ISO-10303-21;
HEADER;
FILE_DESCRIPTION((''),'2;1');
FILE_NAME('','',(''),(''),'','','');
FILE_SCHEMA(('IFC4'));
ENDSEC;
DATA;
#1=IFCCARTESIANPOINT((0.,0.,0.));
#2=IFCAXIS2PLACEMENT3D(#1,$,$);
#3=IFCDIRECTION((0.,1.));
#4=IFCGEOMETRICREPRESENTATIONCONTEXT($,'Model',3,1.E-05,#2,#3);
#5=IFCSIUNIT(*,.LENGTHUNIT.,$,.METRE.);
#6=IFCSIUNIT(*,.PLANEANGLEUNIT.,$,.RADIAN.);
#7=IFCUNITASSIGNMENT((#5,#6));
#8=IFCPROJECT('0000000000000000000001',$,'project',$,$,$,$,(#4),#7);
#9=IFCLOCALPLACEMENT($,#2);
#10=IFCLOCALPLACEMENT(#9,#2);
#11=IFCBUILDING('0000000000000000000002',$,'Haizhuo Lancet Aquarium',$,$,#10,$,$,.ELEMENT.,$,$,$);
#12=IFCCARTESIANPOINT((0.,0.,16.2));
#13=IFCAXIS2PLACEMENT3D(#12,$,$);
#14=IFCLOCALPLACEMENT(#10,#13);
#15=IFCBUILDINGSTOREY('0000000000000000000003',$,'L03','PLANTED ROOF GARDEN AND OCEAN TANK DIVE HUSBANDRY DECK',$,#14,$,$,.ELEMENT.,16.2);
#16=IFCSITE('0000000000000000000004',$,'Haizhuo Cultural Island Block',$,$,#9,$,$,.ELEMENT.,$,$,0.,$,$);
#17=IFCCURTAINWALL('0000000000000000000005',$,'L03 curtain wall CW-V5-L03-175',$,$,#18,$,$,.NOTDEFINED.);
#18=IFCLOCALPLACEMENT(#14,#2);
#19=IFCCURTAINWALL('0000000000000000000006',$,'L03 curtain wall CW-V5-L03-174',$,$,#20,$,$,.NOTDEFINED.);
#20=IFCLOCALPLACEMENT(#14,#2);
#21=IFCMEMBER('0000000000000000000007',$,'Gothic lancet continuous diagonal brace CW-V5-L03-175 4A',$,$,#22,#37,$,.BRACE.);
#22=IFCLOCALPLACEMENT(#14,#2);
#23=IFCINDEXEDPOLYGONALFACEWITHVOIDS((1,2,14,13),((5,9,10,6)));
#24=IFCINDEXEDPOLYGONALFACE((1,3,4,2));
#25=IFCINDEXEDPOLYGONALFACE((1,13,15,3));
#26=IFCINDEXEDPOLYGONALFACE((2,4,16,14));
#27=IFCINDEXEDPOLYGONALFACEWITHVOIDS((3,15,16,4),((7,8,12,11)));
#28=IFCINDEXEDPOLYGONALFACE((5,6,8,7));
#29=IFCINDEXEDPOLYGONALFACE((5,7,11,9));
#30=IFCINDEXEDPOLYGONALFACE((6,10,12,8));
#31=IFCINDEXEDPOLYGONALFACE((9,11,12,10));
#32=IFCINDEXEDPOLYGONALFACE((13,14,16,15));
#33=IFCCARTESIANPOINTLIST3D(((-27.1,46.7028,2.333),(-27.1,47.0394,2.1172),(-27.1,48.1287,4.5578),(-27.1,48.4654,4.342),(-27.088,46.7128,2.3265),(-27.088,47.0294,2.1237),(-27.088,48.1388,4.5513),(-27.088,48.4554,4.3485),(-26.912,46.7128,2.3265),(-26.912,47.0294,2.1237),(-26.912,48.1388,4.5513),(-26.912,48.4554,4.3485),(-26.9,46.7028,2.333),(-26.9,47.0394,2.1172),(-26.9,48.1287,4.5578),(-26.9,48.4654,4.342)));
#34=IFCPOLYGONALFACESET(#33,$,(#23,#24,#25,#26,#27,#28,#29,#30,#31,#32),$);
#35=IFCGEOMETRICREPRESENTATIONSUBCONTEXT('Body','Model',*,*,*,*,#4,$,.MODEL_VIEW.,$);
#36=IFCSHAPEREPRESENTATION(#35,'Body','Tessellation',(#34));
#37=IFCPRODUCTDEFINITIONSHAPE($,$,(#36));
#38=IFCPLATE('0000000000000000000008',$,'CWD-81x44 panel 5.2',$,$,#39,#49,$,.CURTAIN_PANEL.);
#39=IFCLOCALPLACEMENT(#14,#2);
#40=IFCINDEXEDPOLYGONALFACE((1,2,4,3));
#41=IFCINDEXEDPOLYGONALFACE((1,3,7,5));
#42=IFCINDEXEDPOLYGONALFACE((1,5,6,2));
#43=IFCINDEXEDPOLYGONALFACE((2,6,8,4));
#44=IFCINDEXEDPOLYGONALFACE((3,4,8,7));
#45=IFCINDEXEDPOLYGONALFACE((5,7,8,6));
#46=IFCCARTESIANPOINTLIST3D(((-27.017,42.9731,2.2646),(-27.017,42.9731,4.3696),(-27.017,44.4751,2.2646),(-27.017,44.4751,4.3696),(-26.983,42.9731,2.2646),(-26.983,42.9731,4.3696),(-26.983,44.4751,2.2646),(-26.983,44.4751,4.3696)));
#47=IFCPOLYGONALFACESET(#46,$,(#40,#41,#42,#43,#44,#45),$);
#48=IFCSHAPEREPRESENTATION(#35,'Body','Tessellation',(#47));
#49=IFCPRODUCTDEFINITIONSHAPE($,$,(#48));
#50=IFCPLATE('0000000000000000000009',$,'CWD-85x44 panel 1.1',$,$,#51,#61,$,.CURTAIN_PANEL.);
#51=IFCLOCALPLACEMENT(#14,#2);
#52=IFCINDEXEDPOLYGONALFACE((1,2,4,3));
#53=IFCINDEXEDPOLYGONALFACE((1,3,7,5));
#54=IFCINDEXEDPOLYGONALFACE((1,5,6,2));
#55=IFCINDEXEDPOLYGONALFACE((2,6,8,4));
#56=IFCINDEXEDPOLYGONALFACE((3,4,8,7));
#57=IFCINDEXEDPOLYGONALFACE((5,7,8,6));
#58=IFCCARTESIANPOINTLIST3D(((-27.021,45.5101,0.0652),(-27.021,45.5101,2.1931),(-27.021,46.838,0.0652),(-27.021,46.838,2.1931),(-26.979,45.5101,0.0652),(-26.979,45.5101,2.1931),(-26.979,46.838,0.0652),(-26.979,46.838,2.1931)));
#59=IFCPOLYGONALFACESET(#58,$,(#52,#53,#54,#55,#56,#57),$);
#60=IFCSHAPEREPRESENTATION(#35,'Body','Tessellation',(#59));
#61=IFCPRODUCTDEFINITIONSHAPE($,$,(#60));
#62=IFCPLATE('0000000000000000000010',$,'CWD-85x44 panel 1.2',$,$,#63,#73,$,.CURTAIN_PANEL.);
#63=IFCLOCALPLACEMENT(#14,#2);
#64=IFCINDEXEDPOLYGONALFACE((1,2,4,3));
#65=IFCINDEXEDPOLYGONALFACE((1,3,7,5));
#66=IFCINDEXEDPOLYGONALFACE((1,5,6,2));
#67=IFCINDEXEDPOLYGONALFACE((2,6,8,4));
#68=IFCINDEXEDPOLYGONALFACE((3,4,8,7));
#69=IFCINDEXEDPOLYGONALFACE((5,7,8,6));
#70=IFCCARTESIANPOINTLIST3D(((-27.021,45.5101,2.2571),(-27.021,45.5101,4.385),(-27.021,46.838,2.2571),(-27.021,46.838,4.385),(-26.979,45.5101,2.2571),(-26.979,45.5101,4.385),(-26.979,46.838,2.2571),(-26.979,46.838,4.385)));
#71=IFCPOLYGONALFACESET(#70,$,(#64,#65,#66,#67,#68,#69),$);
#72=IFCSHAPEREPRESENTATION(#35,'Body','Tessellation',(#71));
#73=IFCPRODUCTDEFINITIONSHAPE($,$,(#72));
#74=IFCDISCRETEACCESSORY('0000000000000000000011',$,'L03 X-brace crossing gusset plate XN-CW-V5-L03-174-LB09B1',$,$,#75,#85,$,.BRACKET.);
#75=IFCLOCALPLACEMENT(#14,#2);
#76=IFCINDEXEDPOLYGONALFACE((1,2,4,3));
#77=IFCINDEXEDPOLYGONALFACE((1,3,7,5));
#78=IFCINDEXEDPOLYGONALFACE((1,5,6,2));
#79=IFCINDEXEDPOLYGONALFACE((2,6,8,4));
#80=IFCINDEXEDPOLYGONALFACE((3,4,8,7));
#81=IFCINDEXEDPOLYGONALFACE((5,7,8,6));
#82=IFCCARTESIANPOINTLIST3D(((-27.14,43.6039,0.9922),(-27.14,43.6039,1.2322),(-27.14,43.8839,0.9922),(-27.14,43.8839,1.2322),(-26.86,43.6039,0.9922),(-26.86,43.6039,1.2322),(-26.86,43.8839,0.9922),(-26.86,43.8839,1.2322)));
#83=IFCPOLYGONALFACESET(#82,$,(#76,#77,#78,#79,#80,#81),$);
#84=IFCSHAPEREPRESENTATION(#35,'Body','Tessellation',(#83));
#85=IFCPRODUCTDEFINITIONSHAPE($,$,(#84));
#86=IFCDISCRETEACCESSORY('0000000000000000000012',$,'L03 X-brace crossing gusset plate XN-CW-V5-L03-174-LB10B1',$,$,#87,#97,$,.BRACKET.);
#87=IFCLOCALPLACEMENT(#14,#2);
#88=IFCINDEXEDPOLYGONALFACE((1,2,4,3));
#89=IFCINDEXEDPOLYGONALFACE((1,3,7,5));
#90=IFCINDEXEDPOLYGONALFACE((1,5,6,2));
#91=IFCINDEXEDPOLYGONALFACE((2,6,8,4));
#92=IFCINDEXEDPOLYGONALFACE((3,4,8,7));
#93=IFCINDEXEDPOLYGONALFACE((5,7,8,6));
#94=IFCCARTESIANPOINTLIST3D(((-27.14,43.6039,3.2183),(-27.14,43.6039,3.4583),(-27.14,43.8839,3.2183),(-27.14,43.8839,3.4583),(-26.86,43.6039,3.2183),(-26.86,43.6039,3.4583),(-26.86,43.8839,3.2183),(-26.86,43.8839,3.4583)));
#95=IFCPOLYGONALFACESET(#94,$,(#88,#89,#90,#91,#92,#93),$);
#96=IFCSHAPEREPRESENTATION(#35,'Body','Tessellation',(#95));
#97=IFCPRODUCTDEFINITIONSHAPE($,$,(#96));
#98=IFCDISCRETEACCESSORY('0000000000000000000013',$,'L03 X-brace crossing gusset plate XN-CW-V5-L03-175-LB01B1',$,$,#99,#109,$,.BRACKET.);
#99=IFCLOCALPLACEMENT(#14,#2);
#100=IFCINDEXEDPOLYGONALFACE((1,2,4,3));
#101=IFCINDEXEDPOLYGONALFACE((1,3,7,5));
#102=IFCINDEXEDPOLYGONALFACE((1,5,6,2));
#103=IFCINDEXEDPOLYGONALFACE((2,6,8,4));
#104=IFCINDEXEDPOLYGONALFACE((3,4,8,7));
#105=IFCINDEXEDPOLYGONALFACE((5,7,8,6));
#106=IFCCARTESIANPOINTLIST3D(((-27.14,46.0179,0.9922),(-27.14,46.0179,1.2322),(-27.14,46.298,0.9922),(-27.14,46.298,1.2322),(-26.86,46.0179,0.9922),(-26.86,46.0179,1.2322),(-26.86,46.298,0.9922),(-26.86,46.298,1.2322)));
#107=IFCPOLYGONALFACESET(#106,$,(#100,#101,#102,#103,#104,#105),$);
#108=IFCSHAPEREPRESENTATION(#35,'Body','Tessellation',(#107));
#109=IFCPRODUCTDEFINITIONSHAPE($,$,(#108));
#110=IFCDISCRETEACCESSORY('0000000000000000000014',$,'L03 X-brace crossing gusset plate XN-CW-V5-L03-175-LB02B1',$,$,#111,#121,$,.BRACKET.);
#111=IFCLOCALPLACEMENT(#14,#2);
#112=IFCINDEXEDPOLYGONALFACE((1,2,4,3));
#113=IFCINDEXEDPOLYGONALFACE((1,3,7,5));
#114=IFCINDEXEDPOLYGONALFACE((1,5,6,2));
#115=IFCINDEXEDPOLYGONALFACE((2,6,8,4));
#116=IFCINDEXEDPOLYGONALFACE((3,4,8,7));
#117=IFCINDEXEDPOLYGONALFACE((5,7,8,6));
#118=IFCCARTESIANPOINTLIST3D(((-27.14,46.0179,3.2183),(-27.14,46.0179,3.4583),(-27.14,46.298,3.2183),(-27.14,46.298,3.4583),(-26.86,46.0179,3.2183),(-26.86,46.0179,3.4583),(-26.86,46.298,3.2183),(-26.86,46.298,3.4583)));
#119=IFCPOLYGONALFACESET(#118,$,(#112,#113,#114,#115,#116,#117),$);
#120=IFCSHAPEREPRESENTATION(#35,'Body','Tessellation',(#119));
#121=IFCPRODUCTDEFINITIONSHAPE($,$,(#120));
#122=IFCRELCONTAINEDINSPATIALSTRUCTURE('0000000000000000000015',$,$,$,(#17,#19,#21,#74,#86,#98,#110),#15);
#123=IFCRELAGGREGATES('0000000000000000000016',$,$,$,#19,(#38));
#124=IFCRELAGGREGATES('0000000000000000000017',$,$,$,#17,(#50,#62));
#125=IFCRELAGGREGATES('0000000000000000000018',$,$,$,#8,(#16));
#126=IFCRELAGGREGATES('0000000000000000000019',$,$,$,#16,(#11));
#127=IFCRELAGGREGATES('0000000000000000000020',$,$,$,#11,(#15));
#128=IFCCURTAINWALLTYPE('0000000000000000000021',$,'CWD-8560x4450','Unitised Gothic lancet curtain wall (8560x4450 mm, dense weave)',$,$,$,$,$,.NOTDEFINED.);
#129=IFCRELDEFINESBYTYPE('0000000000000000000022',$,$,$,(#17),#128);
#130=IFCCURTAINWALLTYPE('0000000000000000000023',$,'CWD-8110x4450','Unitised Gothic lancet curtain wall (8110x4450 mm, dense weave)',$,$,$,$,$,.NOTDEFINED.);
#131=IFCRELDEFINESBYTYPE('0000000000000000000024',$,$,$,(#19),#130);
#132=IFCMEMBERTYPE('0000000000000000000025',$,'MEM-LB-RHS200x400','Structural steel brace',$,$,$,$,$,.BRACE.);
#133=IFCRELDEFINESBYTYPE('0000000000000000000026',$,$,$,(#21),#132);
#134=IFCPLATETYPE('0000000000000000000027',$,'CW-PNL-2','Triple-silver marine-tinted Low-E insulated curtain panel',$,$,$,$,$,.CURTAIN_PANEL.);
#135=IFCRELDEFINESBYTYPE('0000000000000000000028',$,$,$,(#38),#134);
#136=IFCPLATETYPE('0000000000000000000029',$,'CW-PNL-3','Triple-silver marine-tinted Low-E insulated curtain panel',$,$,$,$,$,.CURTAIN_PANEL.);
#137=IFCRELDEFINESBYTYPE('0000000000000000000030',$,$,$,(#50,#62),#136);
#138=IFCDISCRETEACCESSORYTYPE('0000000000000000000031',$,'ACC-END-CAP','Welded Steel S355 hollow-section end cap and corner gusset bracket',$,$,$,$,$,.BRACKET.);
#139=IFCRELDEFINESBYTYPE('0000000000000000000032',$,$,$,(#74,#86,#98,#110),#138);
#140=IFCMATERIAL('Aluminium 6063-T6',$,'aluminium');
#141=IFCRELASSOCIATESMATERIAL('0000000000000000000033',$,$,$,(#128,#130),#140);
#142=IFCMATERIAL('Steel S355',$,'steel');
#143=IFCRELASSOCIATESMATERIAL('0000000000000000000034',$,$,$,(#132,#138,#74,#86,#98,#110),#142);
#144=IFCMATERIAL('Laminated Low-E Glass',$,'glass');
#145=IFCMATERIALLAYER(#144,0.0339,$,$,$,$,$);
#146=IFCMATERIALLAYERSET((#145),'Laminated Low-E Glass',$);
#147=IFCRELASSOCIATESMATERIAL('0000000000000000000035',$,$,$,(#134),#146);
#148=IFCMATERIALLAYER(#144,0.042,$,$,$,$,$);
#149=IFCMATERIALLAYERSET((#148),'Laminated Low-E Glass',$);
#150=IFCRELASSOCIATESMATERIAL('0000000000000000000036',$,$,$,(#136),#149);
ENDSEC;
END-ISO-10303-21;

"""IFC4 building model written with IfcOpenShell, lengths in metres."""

from ifc_helpers import new_model, si_unit, direction, frame, origin, origin_2d, place, context, subcontext, project, spatial, rectangle, hollow_rectangle, extrude, material, layer, layer_set, material_profile, profile_set, type_object, element, aggregate, save


model = new_model("IFC4")

# Units and contexts
model_context = context("Model", 3, precision=1e-05, world=origin(), true_north=direction((0.0, 1.0)))
body_context = subcontext(model_context, "Body", "Model", "MODEL_VIEW")
ifc_project = project(units=[si_unit("LENGTHUNIT", "METRE"), si_unit("PLANEANGLEUNIT", "RADIAN")], contexts=[model_context])

# Site, building, storey
site_placement = place(None, origin())
site = spatial("IfcSite", under=ifc_project, at=site_placement, Name="Haizhuo Cultural Island Block", CompositionType="ELEMENT", RefElevation=0.0)
building_placement = place(site_placement, origin())
building = spatial("IfcBuilding", under=site, at=building_placement, Name="Haizhuo Lancet Aquarium", CompositionType="ELEMENT")
storey_placement = place(building_placement, frame((0.0, 0.0, 16.2)))
storey = spatial("IfcBuildingStorey", under=building, at=storey_placement, Name="L03", Description="PLANTED ROOF GARDEN AND OCEAN TANK DIVE HUSBANDRY DECK", CompositionType="ELEMENT", Elevation=16.2)

# Curtain wall
ifc_material_1 = material(Name="Aluminium 6063-T6", Category="aluminium")
curtain_wall_type_1 = type_object("IfcCurtainWallType", Name="CWD-8560x4450", Description="Unitised Gothic lancet curtain wall (8560x4450 mm, dense weave)", PredefinedType="NOTDEFINED", material=ifc_material_1)
curtain_wall_1_placement = place(storey_placement, origin())
curtain_wall_1 = element("IfcCurtainWall", 1, at=curtain_wall_1_placement, inside=storey, type_object=curtain_wall_type_1, Name="L03 curtain wall CW-V5-L03-175", PredefinedType="NOTDEFINED")

# Curtain wall
curtain_wall_type_2 = type_object("IfcCurtainWallType", Name="CWD-8110x4450", Description="Unitised Gothic lancet curtain wall (8110x4450 mm, dense weave)", PredefinedType="NOTDEFINED", material=ifc_material_1)
curtain_wall_2_placement = place(storey_placement, origin())
curtain_wall_2 = element("IfcCurtainWall", 2, at=curtain_wall_2_placement, inside=storey, type_object=curtain_wall_type_2, Name="L03 curtain wall CW-V5-L03-174", PredefinedType="NOTDEFINED")

# Member
ifc_material_2 = material(Name="Steel S355", Category="steel")
ifc_material_profile_1 = material_profile(ifc_material_2, hollow_rectangle(XDim=0.2, YDim=0.3999, WallThickness=0.012, at=origin_2d()), Name="RHS 200x400x12")
ifc_profile_set_1 = profile_set([ifc_material_profile_1], Name="Steel S355")
member_type_1 = type_object("IfcMemberType", Name="MEM-LB-RHS200x400", Description="Structural steel brace", PredefinedType="BRACE", material=ifc_profile_set_1)
member_1_placement = place(storey_placement, frame((-27.0, 46.8711, 2.2251), z_axis=(0.0, 0.539622, 0.841907), x_axis=(-1.0, 0.0, 0.0)))
element("IfcMember", 3, at=member_1_placement, inside=storey, type_object=member_type_1, Name="Gothic lancet continuous diagonal brace CW-V5-L03-175 4A", PredefinedType="BRACE", context=body_context, shape_type="SweptSolid", body=[
    extrude(hollow_rectangle(XDim=0.2, YDim=0.3999, WallThickness=0.012, at=origin_2d()), origin(), (0.0, 0.0, 1.0), 2.6426),
])

# Plates
ifc_material_3 = material(Name="Laminated Low-E Glass", Category="glass")
ifc_layer_1 = layer(ifc_material_3, 0.0339)
ifc_layer_set_1 = layer_set([ifc_layer_1], Name="Laminated Low-E Glass")
plate_type_1 = type_object("IfcPlateType", Name="CW-PNL-2", Description="Triple-silver marine-tinted Low-E insulated curtain panel", PredefinedType="CURTAIN_PANEL", material=ifc_layer_set_1)
plate_1_placement = place(storey_placement, frame((-27.0, 43.7241, 2.2646), z_axis=(0.0, 0.0, 1.0), x_axis=(0.0, 1.0, 0.0)))
plate_1 = element("IfcPlate", 4, at=plate_1_placement, type_object=plate_type_1, Name="CWD-81x44 panel 5.2", PredefinedType="CURTAIN_PANEL", context=body_context, shape_type="SweptSolid", body=[
    extrude(rectangle(XDim=1.502, YDim=0.0339, at=origin_2d()), origin(), (0.0, 0.0, 1.0), 2.105),
])
aggregate(curtain_wall_2, [plate_1])
ifc_layer_2 = layer(ifc_material_3, 0.042)
ifc_layer_set_2 = layer_set([ifc_layer_2], Name="Laminated Low-E Glass")
plate_type_2 = type_object("IfcPlateType", Name="CW-PNL-3", Description="Triple-silver marine-tinted Low-E insulated curtain panel", PredefinedType="CURTAIN_PANEL", material=ifc_layer_set_2)
plate_2_placement = place(storey_placement, frame((-27.0, 46.1741, 0.0652), z_axis=(0.0, 0.0, 1.0), x_axis=(0.0, 1.0, 0.0)))
plate_2 = element("IfcPlate", 5, at=plate_2_placement, type_object=plate_type_2, Name="CWD-85x44 panel 1.1", PredefinedType="CURTAIN_PANEL", context=body_context, shape_type="SweptSolid", body=[
    extrude(rectangle(XDim=1.3279, YDim=0.042, at=origin_2d()), origin(), (0.0, 0.0, 1.0), 2.1279),
])
plate_3_placement = place(storey_placement, frame((-27.0, 46.1741, 2.2571), z_axis=(0.0, 0.0, 1.0), x_axis=(0.0, 1.0, 0.0)))
plate_3 = element("IfcPlate", 6, at=plate_3_placement, type_object=plate_type_2, Name="CWD-85x44 panel 1.2", PredefinedType="CURTAIN_PANEL", context=body_context, shape_type="SweptSolid", body=[
    extrude(rectangle(XDim=1.3279, YDim=0.042, at=origin_2d()), origin(), (0.0, 0.0, 1.0), 2.1279),
])
aggregate(curtain_wall_1, [plate_2, plate_3])

# Discrete accessories
discrete_accessory_type = type_object("IfcDiscreteAccessoryType", Name="ACC-END-CAP", Description="Welded Steel S355 hollow-section end cap and corner gusset bracket", PredefinedType="BRACKET", material=ifc_material_2)
for number, where, z_axis, x_axis, name in (
    (7, (-27.0, 43.7439, 0.9922), (0.0, 0.0, 1.0), (1.0, 0.0, 0.0), "L03 X-brace crossing gusset plate XN-CW-V5-L03-174-LB09B1"),
    (8, (-27.0, 43.7439, 3.2183), (0.0, 0.0, 1.0), (1.0, 0.0, 0.0), "L03 X-brace crossing gusset plate XN-CW-V5-L03-174-LB10B1"),
    (9, (-27.0, 46.158, 0.9922), (0.0, 0.0, 1.0), (1.0, 0.0, 0.0), "L03 X-brace crossing gusset plate XN-CW-V5-L03-175-LB01B1"),
    (10, (-27.0, 46.158, 3.2183), (0.0, 0.0, 1.0), (1.0, 0.0, 0.0), "L03 X-brace crossing gusset plate XN-CW-V5-L03-175-LB02B1"),
):
    element("IfcDiscreteAccessory", number, at=place(storey_placement, frame(where, z_axis=z_axis, x_axis=x_axis)), inside=storey, type_object=discrete_accessory_type, material=ifc_material_2, Name=name, PredefinedType="BRACKET", context=body_context, shape_type="SweptSolid", body=[
        extrude(rectangle(XDim=0.28, YDim=0.28, at=origin_2d()), origin(), (0.0, 0.0, 1.0), 0.24),
    ])

save(model, "model.ifc")
